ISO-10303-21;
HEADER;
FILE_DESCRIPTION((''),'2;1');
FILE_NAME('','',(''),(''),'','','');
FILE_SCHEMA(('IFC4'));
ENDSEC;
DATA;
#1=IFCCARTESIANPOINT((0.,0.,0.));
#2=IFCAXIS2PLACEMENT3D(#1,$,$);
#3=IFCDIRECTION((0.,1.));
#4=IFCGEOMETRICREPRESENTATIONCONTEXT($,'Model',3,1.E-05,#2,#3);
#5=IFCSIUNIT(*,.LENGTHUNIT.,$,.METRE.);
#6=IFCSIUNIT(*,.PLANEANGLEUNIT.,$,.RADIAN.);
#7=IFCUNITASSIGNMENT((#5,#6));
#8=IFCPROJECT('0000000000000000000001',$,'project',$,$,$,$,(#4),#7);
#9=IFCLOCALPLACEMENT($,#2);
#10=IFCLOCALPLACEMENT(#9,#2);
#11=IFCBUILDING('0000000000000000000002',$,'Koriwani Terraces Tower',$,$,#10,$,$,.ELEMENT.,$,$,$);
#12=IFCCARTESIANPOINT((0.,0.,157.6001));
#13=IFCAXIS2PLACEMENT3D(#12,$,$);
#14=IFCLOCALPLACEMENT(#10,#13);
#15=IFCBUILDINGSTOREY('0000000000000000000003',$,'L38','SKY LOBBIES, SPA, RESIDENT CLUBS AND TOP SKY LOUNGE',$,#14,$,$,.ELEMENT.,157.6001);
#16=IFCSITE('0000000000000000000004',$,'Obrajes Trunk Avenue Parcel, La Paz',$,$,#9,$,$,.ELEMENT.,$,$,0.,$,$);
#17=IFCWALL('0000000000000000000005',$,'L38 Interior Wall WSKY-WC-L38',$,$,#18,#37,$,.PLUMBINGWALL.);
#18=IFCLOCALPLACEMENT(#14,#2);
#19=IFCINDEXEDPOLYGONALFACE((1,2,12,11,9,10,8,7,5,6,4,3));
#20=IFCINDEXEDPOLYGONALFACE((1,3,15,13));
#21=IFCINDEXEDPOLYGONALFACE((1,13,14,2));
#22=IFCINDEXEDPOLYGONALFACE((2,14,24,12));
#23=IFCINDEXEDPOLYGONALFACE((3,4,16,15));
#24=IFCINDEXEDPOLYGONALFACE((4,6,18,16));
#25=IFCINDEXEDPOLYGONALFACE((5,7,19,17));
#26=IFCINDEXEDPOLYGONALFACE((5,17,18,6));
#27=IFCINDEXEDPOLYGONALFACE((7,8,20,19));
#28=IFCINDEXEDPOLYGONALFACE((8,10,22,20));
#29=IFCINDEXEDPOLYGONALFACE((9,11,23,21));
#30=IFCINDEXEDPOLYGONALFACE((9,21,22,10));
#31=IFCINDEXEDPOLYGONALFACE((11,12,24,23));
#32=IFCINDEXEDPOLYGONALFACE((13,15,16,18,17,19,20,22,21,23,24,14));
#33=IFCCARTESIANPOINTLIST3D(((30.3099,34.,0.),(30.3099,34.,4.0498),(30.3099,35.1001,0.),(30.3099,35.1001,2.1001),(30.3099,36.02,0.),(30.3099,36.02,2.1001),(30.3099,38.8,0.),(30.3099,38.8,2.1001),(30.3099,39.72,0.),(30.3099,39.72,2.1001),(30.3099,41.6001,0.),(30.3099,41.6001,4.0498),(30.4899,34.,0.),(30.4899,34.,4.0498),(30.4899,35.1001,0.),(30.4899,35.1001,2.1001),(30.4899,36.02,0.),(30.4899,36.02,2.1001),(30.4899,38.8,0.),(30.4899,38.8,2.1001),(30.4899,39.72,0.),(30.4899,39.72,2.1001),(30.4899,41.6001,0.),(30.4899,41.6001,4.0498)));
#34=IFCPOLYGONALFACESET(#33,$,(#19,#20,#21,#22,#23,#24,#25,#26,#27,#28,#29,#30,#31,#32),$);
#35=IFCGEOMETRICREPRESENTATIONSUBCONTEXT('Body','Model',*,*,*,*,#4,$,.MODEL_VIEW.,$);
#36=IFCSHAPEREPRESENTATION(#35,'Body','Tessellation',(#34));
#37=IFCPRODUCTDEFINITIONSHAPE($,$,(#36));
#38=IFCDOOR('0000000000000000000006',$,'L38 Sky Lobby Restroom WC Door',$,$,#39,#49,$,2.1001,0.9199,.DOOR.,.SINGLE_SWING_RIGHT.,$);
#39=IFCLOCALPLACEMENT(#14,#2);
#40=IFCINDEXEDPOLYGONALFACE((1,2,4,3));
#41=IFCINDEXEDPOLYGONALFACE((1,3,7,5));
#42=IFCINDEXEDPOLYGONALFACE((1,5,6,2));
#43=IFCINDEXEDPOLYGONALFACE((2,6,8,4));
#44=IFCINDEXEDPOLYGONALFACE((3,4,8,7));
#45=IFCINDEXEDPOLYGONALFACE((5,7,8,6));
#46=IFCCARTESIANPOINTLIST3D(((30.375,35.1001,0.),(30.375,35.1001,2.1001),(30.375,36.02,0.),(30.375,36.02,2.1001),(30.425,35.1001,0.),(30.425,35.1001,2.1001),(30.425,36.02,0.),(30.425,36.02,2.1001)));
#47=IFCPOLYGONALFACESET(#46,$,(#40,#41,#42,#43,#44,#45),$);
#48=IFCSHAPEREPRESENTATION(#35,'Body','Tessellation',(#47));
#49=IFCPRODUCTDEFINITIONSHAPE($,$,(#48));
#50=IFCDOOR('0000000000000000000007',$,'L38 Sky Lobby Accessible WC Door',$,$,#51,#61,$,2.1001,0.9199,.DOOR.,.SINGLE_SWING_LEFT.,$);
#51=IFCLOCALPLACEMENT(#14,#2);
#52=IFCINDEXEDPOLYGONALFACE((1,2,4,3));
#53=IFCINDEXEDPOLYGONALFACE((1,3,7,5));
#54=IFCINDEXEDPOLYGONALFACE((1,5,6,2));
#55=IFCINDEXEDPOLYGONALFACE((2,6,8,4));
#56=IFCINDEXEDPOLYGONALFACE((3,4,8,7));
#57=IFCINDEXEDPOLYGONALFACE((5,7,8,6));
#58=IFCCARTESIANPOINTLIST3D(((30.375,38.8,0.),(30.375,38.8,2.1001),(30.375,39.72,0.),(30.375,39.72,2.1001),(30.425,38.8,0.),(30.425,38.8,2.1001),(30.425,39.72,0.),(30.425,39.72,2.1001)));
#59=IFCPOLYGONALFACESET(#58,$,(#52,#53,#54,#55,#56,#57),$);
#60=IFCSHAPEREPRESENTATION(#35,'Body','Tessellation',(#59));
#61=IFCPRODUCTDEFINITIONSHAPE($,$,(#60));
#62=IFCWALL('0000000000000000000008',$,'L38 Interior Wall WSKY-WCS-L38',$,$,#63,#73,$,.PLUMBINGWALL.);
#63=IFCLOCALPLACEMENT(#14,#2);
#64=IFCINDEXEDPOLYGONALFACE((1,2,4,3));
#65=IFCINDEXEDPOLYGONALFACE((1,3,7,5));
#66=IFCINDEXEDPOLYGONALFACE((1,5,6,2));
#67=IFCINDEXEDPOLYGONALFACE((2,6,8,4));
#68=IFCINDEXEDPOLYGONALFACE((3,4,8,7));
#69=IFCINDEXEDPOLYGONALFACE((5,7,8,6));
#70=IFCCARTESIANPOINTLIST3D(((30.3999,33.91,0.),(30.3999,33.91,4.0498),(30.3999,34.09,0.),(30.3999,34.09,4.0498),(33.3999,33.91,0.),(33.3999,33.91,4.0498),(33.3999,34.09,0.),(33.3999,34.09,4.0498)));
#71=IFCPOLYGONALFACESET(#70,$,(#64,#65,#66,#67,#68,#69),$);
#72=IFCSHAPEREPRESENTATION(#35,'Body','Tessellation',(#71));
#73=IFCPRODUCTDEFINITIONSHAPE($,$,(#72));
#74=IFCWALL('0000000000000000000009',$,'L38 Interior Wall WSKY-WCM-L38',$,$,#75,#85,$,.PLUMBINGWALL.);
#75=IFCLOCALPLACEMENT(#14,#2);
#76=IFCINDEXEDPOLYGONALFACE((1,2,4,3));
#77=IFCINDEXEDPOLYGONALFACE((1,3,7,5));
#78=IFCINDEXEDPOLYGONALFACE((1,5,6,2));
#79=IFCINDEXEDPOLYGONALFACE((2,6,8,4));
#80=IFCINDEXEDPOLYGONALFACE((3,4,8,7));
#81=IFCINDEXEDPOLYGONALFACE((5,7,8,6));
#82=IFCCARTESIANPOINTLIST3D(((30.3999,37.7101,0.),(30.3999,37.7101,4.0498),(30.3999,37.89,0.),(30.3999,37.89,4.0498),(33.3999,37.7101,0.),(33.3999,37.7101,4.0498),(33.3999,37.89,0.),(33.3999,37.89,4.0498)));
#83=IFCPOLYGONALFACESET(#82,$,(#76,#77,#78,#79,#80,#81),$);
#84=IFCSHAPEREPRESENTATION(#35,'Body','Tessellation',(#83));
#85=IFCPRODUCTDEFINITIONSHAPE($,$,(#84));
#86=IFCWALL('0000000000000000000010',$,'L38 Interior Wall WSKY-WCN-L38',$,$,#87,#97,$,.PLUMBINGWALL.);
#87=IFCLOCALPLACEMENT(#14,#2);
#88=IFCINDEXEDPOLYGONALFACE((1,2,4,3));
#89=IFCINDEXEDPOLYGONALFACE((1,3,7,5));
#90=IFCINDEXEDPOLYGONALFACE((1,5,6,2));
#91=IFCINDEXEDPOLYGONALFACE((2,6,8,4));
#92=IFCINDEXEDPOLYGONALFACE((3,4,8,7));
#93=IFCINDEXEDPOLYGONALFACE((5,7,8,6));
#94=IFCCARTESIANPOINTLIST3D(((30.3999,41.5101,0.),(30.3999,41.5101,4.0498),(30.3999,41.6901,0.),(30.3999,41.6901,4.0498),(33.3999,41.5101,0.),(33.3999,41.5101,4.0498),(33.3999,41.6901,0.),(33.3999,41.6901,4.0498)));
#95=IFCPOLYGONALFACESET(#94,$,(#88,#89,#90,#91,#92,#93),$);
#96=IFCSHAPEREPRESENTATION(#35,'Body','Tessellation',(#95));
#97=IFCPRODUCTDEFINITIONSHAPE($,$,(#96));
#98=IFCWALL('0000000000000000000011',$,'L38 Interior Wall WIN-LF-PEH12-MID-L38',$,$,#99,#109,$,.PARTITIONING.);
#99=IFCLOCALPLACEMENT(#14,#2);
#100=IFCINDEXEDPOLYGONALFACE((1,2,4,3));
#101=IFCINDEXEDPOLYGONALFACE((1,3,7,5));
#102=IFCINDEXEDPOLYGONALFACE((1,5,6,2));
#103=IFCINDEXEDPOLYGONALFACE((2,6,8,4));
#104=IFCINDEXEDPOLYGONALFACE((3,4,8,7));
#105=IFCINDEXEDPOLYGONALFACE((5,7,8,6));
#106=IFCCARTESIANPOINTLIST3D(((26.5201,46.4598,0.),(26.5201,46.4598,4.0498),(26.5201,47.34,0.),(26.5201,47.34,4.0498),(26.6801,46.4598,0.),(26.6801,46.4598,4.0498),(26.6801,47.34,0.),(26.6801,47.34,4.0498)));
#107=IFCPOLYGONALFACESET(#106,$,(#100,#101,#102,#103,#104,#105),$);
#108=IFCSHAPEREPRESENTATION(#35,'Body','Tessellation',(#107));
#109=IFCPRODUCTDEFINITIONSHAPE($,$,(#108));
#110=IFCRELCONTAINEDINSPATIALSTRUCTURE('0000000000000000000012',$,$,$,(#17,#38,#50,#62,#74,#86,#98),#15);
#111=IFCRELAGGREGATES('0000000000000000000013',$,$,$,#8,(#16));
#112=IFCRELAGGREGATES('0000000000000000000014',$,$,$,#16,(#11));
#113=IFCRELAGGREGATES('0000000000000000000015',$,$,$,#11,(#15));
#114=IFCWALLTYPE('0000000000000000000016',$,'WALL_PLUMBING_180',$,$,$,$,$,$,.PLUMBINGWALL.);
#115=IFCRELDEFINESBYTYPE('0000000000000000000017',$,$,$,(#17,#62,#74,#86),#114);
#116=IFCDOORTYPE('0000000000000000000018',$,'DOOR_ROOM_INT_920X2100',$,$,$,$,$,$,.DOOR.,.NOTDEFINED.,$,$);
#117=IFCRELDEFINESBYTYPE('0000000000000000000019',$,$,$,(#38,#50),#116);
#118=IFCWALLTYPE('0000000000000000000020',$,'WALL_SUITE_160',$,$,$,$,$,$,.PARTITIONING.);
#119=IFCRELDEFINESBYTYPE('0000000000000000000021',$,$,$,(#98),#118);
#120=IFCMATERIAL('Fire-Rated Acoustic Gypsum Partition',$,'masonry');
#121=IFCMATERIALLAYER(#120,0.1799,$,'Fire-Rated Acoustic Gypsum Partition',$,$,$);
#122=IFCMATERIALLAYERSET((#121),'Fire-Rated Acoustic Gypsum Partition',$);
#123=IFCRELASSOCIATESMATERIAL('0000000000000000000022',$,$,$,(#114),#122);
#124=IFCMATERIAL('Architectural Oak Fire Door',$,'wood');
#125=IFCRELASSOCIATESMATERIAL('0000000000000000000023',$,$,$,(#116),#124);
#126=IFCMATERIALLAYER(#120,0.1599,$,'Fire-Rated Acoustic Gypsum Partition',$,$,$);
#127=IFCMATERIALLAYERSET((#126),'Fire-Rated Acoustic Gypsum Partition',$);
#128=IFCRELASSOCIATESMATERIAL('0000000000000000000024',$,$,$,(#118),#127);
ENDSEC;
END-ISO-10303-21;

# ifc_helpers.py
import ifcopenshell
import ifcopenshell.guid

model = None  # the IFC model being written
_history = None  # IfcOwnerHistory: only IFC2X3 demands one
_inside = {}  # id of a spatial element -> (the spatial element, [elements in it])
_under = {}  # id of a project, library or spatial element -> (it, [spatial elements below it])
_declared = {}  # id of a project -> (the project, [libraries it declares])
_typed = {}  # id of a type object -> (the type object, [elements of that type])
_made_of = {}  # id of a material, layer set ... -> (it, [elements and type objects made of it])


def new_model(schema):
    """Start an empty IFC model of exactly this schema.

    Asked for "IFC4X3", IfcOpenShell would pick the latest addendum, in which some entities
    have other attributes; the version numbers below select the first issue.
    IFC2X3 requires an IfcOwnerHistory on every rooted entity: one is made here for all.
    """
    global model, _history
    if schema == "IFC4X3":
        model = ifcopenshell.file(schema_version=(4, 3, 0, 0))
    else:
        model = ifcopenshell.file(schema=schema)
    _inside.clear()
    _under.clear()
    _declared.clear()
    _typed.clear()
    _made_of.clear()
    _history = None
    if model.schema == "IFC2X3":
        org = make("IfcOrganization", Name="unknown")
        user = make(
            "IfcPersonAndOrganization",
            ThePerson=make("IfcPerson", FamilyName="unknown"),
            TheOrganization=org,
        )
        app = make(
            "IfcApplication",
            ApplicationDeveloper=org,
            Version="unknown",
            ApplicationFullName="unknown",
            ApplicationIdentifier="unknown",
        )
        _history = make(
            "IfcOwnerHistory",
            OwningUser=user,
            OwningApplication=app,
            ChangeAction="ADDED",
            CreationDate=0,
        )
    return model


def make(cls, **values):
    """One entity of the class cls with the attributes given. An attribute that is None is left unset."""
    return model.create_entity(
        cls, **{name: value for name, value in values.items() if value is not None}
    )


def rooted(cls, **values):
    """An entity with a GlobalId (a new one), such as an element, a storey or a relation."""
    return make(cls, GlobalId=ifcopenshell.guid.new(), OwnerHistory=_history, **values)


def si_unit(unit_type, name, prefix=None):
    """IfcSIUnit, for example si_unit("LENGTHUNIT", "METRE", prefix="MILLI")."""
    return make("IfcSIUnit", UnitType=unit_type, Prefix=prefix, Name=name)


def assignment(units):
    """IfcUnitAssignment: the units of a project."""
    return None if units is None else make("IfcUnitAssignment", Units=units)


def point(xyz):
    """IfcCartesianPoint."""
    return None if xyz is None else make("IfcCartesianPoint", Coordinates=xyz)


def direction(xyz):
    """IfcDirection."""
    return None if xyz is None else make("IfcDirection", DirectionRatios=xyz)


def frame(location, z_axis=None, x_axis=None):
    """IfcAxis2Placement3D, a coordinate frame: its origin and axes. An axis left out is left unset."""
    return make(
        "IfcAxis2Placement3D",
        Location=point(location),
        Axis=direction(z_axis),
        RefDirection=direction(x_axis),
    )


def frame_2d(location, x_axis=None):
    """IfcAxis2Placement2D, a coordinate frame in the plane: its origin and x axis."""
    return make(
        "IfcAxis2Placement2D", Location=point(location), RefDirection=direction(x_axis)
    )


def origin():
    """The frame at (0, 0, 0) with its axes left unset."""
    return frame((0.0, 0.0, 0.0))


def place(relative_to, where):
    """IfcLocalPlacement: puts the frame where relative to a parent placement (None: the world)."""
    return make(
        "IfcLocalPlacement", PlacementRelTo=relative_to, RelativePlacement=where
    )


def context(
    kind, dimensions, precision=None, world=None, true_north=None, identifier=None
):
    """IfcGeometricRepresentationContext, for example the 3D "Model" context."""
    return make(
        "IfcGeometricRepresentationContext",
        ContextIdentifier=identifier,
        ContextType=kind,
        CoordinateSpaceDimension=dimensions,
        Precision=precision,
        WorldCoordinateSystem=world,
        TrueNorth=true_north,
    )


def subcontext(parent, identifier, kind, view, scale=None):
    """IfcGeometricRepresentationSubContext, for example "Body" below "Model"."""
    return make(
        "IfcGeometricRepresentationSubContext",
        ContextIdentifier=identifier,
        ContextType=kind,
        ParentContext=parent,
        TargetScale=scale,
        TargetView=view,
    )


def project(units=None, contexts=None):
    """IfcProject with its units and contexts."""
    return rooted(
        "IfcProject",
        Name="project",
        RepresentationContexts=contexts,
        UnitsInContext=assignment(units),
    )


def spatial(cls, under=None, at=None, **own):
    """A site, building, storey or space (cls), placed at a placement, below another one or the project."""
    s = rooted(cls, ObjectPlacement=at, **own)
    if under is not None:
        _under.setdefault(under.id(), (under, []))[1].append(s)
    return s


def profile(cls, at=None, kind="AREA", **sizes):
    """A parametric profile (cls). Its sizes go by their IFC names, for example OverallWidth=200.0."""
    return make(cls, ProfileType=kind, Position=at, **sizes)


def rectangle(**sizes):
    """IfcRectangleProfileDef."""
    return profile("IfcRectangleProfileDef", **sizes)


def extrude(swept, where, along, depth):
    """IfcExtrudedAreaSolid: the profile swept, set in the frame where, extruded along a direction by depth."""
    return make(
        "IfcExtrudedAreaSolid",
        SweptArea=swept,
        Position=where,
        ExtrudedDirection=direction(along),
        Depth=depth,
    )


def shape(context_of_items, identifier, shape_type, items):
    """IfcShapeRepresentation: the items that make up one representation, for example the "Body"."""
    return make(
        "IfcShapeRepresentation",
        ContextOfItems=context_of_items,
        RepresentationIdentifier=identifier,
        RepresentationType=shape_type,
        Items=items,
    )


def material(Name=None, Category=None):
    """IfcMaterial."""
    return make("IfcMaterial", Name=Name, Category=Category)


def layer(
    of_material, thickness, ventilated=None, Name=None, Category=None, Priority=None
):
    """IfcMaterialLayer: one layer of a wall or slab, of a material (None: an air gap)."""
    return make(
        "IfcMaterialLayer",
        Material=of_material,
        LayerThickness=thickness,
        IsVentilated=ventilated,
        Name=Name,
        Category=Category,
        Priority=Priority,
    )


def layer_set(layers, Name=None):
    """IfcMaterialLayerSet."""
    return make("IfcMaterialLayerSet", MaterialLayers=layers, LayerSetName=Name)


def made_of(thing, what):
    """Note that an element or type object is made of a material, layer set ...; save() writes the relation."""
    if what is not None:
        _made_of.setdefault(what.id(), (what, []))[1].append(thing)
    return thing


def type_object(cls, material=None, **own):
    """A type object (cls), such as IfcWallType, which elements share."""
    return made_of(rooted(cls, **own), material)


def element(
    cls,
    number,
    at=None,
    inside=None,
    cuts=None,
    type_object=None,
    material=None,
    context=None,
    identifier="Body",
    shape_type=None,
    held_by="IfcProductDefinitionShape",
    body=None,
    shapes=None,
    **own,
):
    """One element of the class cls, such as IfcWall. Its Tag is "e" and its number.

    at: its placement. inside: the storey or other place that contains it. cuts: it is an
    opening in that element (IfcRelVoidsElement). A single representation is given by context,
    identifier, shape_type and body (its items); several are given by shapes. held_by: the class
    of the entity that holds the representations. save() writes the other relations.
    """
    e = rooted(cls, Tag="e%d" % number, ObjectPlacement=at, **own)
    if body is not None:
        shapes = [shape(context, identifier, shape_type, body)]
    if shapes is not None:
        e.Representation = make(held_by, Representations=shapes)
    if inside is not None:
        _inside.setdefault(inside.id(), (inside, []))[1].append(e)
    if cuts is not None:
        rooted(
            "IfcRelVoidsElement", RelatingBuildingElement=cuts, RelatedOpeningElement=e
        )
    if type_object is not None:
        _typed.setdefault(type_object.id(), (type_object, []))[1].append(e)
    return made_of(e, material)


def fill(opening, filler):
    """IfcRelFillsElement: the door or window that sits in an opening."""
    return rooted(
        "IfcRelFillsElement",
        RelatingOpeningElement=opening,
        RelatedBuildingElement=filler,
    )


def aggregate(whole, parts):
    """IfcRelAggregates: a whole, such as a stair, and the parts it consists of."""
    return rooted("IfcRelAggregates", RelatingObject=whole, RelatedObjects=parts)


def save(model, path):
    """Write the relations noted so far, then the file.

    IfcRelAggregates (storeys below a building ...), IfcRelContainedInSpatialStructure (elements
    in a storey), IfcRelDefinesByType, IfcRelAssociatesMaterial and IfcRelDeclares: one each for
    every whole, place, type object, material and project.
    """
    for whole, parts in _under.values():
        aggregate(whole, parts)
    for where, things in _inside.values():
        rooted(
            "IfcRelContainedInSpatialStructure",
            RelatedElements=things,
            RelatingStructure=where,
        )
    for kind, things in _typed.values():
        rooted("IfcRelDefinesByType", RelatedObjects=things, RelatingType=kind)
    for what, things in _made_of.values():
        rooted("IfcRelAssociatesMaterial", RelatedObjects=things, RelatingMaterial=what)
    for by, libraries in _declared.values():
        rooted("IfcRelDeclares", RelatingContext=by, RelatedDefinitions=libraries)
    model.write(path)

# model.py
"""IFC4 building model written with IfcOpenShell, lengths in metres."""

from ifc_helpers import new_model, si_unit, direction, frame, frame_2d, origin, place, context, subcontext, project, spatial, rectangle, extrude, material, layer, layer_set, type_object, element, fill, save


model = new_model("IFC4")

# Units and contexts
model_context = context("Model", 3, precision=1e-05, world=origin(), true_north=direction((0.0, 1.0)))
body_context = subcontext(model_context, "Body", "Model", "MODEL_VIEW")
ifc_project = project(units=[si_unit("LENGTHUNIT", "METRE"), si_unit("PLANEANGLEUNIT", "RADIAN")], contexts=[model_context])

# Site, building, storey
site_placement = place(None, origin())
site = spatial("IfcSite", under=ifc_project, at=site_placement, Name="Obrajes Trunk Avenue Parcel, La Paz", CompositionType="ELEMENT", RefElevation=0.0)
building_placement = place(site_placement, origin())
building = spatial("IfcBuilding", under=site, at=building_placement, Name="Koriwani Terraces Tower", CompositionType="ELEMENT")
storey_placement = place(building_placement, frame((0.0, 0.0, 157.6001)))
storey = spatial("IfcBuildingStorey", under=building, at=storey_placement, Name="L38", Description="SKY LOBBIES, SPA, RESIDENT CLUBS AND TOP SKY LOUNGE", CompositionType="ELEMENT", Elevation=157.6001)

# Wall, openings, doors
ifc_material_1 = material(Name="Fire-Rated Acoustic Gypsum Partition", Category="masonry")
ifc_layer_1 = layer(ifc_material_1, 0.1799, Name="Fire-Rated Acoustic Gypsum Partition")
ifc_layer_set_1 = layer_set([ifc_layer_1], Name="Fire-Rated Acoustic Gypsum Partition")
wall_type_1 = type_object("IfcWallType", Name="WALL_PLUMBING_180", PredefinedType="PLUMBINGWALL", material=ifc_layer_set_1)
wall_1_placement = place(storey_placement, frame((30.3999, 34.0, 0.0), z_axis=(0.0, 0.0, 1.0), x_axis=(0.0, 1.0, 0.0)))
wall_1 = element("IfcWall", 1, at=wall_1_placement, inside=storey, type_object=wall_type_1, Name="L38 Interior Wall WSKY-WC-L38", PredefinedType="PLUMBINGWALL", context=body_context, shape_type="SweptSolid", body=[
    extrude(rectangle(XDim=7.6001, YDim=0.1799, at=frame_2d((3.8, 0.0))), origin(), (0.0, 0.0, 1.0), 4.0498),
])
opening_1_placement = place(wall_1_placement, frame((1.1001, 0.0, 0.0)))
opening_1 = element("IfcOpeningElement", 2, at=opening_1_placement, cuts=wall_1, PredefinedType="OPENING", context=body_context, shape_type="SweptSolid", body=[
    extrude(rectangle(XDim=0.9199, YDim=2.1001, at=frame_2d((0.46, 1.05))), frame((0.0, 0.1001, 0.0), z_axis=(0.0, -1.0, 0.0), x_axis=(1.0, 0.0, 0.0)), (0.0, 0.0, 1.0), 0.2),
])
opening_2_placement = place(wall_1_placement, frame((4.8, 0.0, 0.0)))
opening_2 = element("IfcOpeningElement", 3, at=opening_2_placement, cuts=wall_1, PredefinedType="OPENING", context=body_context, shape_type="SweptSolid", body=[
    extrude(rectangle(XDim=0.9199, YDim=2.1001, at=frame_2d((0.46, 1.05))), frame((0.0, 0.1001, 0.0), z_axis=(0.0, -1.0, 0.0), x_axis=(1.0, 0.0, 0.0)), (0.0, 0.0, 1.0), 0.2),
])
ifc_material_2 = material(Name="Architectural Oak Fire Door", Category="wood")
door_type_1 = type_object("IfcDoorType", Name="DOOR_ROOM_INT_920X2100", OperationType="NOTDEFINED", PredefinedType="DOOR", material=ifc_material_2)
door_1_placement = place(opening_1_placement, origin())
door_1 = element("IfcDoor", 4, at=door_1_placement, inside=storey, type_object=door_type_1, Name="L38 Sky Lobby Restroom WC Door", OperationType="SINGLE_SWING_RIGHT", OverallHeight=2.1001, OverallWidth=0.9199, PredefinedType="DOOR", context=body_context, shape_type="SweptSolid", body=[
    extrude(rectangle(XDim=0.9199, YDim=2.1001, at=frame_2d((0.46, 1.05))), frame((0.0, 0.0249, 0.0), z_axis=(0.0, -1.0, 0.0), x_axis=(1.0, 0.0, 0.0)), (0.0, 0.0, 1.0), 0.05),
])
fill(opening_1, door_1)
door_2_placement = place(opening_2_placement, origin())
door_2 = element("IfcDoor", 5, at=door_2_placement, inside=storey, type_object=door_type_1, Name="L38 Sky Lobby Accessible WC Door", OperationType="SINGLE_SWING_LEFT", OverallHeight=2.1001, OverallWidth=0.9199, PredefinedType="DOOR", context=body_context, shape_type="SweptSolid", body=[
    extrude(rectangle(XDim=0.9199, YDim=2.1001, at=frame_2d((0.46, 1.05))), frame((0.0, 0.0249, 0.0), z_axis=(0.0, -1.0, 0.0), x_axis=(1.0, 0.0, 0.0)), (0.0, 0.0, 1.0), 0.05),
])
fill(opening_2, door_2)

# Walls
for number, where, z_axis, x_axis, name in (
    (6, (30.3999, 34.0, 0.0), (0.0, 0.0, 1.0), (1.0, 0.0, 0.0), "L38 Interior Wall WSKY-WCS-L38"),
    (7, (30.3999, 37.8, 0.0), (0.0, 0.0, 1.0), (1.0, 0.0, 0.0), "L38 Interior Wall WSKY-WCM-L38"),
    (8, (30.3999, 41.6001, 0.0), (0.0, 0.0, 1.0), (1.0, 0.0, 0.0), "L38 Interior Wall WSKY-WCN-L38"),
):
    element("IfcWall", number, at=place(storey_placement, frame(where, z_axis=z_axis, x_axis=x_axis)), inside=storey, type_object=wall_type_1, Name=name, PredefinedType="PLUMBINGWALL", context=body_context, shape_type="SweptSolid", body=[
        extrude(rectangle(XDim=3.0, YDim=0.1799, at=frame_2d((1.5, 0.0))), origin(), (0.0, 0.0, 1.0), 4.0498),
    ])

# Wall
ifc_layer_2 = layer(ifc_material_1, 0.1599, Name="Fire-Rated Acoustic Gypsum Partition")
ifc_layer_set_2 = layer_set([ifc_layer_2], Name="Fire-Rated Acoustic Gypsum Partition")
wall_type_2 = type_object("IfcWallType", Name="WALL_SUITE_160", PredefinedType="PARTITIONING", material=ifc_layer_set_2)
wall_2_placement = place(storey_placement, frame((26.6001, 46.46, 0.0), z_axis=(0.0, 0.0, 1.0), x_axis=(0.0, 1.0, 0.0)))
element("IfcWall", 9, at=wall_2_placement, inside=storey, type_object=wall_type_2, Name="L38 Interior Wall WIN-LF-PEH12-MID-L38", PredefinedType="PARTITIONING", context=body_context, shape_type="SweptSolid", body=[
    extrude(rectangle(XDim=0.8801, YDim=0.1599, at=frame_2d((0.4399, 0.0))), origin(), (0.0, 0.0, 1.0), 4.0498),
])

save(model, "model.ifc")
